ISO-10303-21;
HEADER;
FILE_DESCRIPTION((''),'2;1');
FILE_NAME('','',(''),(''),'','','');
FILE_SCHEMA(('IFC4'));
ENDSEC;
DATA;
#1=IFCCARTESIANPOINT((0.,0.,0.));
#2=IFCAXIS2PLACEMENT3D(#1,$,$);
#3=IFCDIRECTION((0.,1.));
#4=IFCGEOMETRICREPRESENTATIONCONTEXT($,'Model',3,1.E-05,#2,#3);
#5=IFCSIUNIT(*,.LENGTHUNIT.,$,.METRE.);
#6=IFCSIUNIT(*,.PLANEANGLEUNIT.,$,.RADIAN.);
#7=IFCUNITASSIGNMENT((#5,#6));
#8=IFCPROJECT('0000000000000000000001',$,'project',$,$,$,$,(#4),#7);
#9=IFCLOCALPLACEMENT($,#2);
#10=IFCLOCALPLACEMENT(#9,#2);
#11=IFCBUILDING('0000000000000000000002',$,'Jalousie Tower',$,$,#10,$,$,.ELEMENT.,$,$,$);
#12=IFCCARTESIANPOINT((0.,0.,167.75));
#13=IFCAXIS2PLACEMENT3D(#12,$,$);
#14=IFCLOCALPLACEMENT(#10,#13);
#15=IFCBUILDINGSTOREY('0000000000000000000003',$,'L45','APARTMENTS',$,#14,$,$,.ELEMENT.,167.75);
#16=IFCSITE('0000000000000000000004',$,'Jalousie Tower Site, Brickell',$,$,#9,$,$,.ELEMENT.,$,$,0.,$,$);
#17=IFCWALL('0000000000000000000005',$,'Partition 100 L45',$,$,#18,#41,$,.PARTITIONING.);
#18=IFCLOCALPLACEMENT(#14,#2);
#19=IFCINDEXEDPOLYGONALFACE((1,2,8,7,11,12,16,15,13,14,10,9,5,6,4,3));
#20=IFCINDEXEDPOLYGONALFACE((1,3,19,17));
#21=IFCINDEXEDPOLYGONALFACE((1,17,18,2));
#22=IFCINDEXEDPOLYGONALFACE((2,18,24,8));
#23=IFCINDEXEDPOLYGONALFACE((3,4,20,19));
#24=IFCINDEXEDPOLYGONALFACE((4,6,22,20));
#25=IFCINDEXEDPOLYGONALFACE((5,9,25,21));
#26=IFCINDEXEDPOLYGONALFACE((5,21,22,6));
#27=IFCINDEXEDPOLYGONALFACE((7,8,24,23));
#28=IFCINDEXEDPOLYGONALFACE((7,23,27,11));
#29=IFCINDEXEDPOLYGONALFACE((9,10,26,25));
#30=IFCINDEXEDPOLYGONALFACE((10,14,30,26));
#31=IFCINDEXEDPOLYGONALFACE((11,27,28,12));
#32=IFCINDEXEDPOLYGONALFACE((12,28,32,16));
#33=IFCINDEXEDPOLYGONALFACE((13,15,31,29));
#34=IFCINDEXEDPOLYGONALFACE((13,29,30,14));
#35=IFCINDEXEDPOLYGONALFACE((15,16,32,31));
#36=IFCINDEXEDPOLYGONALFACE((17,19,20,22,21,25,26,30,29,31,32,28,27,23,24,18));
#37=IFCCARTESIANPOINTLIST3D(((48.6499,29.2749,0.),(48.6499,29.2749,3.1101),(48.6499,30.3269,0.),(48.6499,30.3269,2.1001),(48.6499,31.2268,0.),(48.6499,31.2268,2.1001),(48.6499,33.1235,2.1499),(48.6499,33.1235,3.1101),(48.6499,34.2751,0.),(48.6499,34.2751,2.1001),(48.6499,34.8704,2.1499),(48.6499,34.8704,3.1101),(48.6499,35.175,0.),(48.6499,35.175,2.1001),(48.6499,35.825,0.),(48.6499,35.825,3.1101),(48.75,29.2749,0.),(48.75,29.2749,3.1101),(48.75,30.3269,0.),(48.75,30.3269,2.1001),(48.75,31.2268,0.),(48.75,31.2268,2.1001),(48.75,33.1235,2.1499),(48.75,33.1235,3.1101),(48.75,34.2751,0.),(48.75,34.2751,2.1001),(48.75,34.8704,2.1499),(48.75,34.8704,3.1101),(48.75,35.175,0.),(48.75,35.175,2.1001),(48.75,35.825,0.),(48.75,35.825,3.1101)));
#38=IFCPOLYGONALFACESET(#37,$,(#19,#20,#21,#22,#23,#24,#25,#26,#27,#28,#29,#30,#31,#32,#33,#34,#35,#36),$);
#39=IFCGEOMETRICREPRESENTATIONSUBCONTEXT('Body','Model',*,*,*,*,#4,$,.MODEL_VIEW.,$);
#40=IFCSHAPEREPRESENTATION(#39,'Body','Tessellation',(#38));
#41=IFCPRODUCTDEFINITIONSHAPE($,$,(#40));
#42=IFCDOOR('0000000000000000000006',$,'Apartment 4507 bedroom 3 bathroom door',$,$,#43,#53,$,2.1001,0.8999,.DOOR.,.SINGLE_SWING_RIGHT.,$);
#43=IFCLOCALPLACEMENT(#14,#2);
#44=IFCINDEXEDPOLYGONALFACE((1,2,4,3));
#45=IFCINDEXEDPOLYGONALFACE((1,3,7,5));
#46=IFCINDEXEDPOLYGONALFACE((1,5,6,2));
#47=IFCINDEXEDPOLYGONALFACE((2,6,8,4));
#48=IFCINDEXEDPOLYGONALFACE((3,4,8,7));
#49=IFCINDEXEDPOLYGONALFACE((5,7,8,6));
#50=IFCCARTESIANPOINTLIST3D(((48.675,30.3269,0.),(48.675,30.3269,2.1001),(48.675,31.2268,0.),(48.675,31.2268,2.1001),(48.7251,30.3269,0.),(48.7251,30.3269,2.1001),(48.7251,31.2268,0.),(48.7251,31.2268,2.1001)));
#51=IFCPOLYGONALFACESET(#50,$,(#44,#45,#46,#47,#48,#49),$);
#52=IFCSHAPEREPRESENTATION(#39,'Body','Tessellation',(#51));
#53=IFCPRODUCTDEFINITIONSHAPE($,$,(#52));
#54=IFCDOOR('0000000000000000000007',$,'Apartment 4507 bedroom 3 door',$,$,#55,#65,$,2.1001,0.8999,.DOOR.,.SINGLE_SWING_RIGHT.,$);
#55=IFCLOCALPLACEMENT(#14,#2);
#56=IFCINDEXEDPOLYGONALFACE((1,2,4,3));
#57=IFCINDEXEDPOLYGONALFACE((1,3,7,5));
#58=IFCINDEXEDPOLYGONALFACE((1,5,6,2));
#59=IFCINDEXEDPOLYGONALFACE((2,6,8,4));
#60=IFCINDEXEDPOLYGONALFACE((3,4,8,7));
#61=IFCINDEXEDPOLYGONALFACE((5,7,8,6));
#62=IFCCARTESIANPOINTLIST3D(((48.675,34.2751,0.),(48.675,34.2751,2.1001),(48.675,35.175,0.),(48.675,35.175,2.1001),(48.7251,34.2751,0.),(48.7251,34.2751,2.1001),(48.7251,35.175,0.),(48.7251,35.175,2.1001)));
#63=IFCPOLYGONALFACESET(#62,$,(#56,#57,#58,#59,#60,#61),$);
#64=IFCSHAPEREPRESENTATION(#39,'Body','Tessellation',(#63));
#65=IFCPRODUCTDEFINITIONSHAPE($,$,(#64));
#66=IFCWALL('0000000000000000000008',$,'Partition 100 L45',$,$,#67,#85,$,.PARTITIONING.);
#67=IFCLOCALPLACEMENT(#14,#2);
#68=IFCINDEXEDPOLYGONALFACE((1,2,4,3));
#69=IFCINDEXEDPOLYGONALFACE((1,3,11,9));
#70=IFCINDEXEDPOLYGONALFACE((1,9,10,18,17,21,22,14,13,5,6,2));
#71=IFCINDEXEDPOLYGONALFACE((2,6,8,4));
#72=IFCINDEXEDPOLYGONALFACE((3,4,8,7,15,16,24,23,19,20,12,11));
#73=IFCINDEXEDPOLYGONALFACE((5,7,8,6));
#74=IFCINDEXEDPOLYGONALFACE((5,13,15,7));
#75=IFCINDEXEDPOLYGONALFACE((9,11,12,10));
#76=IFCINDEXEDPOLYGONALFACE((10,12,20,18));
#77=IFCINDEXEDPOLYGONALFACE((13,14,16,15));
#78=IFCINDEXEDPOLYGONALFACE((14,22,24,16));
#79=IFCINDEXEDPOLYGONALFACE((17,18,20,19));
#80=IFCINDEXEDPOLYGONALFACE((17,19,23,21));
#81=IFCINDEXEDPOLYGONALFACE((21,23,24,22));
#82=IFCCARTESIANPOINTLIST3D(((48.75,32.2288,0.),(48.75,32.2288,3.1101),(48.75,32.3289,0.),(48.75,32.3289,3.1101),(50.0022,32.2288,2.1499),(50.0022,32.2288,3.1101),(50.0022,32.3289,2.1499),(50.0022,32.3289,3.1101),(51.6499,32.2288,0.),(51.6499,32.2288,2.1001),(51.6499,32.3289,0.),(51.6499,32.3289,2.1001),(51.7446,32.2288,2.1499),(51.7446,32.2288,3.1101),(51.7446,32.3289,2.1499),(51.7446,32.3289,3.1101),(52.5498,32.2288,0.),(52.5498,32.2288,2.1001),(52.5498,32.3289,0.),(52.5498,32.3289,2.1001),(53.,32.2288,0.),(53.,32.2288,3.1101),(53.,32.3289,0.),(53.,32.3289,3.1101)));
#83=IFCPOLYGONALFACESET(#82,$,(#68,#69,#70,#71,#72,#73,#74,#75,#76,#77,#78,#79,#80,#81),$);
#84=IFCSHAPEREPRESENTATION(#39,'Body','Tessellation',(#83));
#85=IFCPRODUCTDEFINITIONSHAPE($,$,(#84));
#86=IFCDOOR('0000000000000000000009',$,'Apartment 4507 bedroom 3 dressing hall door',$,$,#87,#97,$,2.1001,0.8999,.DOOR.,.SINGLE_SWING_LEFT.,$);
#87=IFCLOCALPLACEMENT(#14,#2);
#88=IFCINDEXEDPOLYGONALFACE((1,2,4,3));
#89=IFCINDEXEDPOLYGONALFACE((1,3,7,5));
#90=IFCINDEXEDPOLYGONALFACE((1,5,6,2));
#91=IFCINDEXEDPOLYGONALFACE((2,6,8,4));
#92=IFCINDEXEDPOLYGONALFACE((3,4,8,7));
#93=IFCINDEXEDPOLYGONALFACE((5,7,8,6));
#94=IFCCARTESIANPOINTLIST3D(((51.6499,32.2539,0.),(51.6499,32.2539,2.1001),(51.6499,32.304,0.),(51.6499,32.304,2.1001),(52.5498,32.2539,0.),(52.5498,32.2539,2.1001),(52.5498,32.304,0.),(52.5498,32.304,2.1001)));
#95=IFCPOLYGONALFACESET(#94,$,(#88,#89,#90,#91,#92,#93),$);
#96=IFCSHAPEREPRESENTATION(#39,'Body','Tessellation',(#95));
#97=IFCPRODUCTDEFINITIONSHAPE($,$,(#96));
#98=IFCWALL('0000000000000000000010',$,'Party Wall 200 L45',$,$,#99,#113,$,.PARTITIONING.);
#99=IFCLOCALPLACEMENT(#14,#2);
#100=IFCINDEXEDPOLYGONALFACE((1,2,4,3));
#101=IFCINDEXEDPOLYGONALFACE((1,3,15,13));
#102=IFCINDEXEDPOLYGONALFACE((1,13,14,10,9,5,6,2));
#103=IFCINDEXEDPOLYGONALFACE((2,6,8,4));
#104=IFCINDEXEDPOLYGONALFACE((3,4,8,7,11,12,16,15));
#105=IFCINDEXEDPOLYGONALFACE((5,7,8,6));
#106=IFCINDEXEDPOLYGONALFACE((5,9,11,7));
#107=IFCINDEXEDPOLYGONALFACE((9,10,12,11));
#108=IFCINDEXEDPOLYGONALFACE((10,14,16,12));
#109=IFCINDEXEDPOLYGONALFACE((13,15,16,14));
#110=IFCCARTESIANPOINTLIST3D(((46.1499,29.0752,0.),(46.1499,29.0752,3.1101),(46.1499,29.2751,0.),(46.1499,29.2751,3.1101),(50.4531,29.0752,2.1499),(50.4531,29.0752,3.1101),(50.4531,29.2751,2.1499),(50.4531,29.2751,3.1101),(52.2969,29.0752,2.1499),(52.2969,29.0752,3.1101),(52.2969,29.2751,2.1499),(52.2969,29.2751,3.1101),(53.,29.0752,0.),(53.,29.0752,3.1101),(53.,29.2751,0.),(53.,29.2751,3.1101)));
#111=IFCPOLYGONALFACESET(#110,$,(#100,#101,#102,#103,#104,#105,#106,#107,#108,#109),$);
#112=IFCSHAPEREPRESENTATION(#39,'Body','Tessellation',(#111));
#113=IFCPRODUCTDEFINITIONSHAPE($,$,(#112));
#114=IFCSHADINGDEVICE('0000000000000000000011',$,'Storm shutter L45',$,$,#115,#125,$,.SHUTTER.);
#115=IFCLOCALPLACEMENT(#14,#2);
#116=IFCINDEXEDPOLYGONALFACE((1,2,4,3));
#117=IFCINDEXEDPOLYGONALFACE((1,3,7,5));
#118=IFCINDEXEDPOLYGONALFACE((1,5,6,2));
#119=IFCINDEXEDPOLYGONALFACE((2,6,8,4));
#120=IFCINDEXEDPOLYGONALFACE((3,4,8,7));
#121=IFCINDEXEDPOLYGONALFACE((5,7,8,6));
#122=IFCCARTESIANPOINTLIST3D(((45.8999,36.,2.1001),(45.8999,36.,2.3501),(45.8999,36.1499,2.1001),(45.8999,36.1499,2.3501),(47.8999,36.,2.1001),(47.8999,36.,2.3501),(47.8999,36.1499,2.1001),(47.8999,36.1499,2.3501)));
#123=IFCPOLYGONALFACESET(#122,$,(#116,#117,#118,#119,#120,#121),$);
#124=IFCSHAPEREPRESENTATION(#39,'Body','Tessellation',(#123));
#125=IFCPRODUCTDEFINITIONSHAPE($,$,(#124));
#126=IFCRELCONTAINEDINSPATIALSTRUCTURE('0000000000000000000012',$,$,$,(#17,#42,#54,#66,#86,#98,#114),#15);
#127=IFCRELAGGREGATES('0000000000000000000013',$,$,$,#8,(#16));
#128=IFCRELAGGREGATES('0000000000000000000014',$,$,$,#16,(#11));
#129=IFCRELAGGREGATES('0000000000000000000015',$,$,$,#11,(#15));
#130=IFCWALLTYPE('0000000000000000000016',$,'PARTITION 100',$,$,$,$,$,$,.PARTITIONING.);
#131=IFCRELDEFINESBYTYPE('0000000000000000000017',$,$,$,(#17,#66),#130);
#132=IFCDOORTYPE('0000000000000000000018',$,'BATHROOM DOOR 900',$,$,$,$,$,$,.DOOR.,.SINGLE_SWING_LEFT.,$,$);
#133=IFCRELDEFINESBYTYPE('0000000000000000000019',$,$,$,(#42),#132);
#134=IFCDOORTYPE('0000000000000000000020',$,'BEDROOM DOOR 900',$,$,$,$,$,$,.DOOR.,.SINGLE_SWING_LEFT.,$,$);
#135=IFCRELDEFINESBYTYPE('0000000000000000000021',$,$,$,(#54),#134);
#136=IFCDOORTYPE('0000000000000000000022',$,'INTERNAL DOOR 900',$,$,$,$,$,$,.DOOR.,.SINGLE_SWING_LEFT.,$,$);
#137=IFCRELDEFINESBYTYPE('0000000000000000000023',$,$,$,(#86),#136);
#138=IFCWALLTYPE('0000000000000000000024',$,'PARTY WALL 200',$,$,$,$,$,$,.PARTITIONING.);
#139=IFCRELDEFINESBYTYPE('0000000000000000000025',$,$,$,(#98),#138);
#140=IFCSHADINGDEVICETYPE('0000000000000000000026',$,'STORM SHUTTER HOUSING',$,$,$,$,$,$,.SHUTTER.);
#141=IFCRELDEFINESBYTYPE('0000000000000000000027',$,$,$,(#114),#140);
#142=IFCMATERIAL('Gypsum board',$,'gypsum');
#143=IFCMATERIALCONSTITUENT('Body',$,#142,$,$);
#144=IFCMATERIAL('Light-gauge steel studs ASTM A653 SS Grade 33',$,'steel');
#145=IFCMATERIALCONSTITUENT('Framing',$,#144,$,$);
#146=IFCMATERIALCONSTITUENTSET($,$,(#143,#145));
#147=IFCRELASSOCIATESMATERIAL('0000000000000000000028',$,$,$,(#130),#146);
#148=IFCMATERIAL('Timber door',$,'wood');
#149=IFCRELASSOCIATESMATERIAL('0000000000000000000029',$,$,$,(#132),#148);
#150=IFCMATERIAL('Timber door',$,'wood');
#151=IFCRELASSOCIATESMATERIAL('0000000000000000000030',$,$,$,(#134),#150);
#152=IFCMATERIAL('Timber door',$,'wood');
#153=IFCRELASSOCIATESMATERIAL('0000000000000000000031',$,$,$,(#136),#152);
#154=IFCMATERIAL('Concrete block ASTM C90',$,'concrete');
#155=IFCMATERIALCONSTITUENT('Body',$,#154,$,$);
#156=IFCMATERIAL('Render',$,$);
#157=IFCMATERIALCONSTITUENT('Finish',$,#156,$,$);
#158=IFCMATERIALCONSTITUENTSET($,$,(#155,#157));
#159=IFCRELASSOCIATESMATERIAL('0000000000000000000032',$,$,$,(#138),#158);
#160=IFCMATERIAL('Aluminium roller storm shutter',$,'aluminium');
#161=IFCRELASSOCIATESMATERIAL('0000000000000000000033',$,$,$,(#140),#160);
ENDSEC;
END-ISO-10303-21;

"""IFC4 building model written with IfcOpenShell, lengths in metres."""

from ifc_helpers import new_model, si_unit, direction, frame, frame_2d, origin, origin_2d, place, context, subcontext, project, spatial, polyline, rectangle, outline, extrude, material, constituent, constituent_set, type_object, element, fill, save


model = new_model("IFC4")

# Units and contexts
model_context = context("Model", 3, precision=1e-05, world=origin(), true_north=direction((0.0, 1.0)))
body_context = subcontext(model_context, "Body", "Model", "MODEL_VIEW")
ifc_project = project(units=[si_unit("LENGTHUNIT", "METRE"), si_unit("PLANEANGLEUNIT", "RADIAN")], contexts=[model_context])

# Site, building, storey
site_placement = place(None, origin())
site = spatial("IfcSite", under=ifc_project, at=site_placement, Name="Jalousie Tower Site, Brickell", CompositionType="ELEMENT", RefElevation=0.0)
building_placement = place(site_placement, origin())
building = spatial("IfcBuilding", under=site, at=building_placement, Name="Jalousie Tower", CompositionType="ELEMENT")
storey_placement = place(building_placement, frame((0.0, 0.0, 167.75)))
storey = spatial("IfcBuildingStorey", under=building, at=storey_placement, Name="L45", Description="APARTMENTS", CompositionType="ELEMENT", Elevation=167.75)

# Wall, openings, doors
ifc_material_1 = material(Name="Gypsum board", Category="gypsum")
ifc_constituent_1 = constituent(ifc_material_1, Name="Body")
ifc_material_2 = material(Name="Light-gauge steel studs ASTM A653 SS Grade 33", Category="steel")
ifc_constituent_2 = constituent(ifc_material_2, Name="Framing")
ifc_constituent_set_1 = constituent_set(constituents=[ifc_constituent_1, ifc_constituent_2])
wall_type_1 = type_object("IfcWallType", Name="PARTITION 100", PredefinedType="PARTITIONING", material=ifc_constituent_set_1)
wall_1_placement = place(storey_placement, frame((48.7, 35.825, 0.0), z_axis=(0.0, 0.0, 1.0), x_axis=(0.0, -1.0, 0.0)))
wall_1 = element("IfcWall", 1, at=wall_1_placement, inside=storey, type_object=wall_type_1, Name="Partition 100 L45", PredefinedType="PARTITIONING", context=body_context, shape_type="SweptSolid", body=[
    extrude(outline(polyline([(0.0, 0.0), (6.55, 0.0), (6.55, 3.1101), (2.7014, 3.1101), (2.7014, 2.1499), (0.9546, 2.1499), (0.9546, 3.1101), (0.0, 3.1101), (0.0, 0.0)])), frame((0.0, 0.05, 0.0), z_axis=(0.0, -1.0, 0.0), x_axis=(1.0, 0.0, 0.0)), (0.0, 0.0, 1.0), 0.1001),
])
opening_1_placement = place(wall_1_placement, frame((0.6499, 0.0, 0.0)))
opening_1 = element("IfcOpeningElement", 2, at=opening_1_placement, cuts=wall_1, PredefinedType="OPENING", context=body_context, shape_type="SweptSolid", body=[
    extrude(rectangle(XDim=0.8999, YDim=2.1001, at=frame_2d((0.45, 1.05))), frame((0.0, 0.0601, 0.0), z_axis=(0.0, -1.0, 0.0), x_axis=(1.0, 0.0, 0.0)), (0.0, 0.0, 1.0), 0.1201),
])
opening_2_placement = place(wall_1_placement, frame((4.5981, 0.0, 0.0)))
opening_2 = element("IfcOpeningElement", 3, at=opening_2_placement, cuts=wall_1, PredefinedType="OPENING", context=body_context, shape_type="SweptSolid", body=[
    extrude(rectangle(XDim=0.8999, YDim=2.1001, at=frame_2d((0.45, 1.05))), frame((0.0, 0.0601, 0.0), z_axis=(0.0, -1.0, 0.0), x_axis=(1.0, 0.0, 0.0)), (0.0, 0.0, 1.0), 0.1201),
])
ifc_material_3 = material(Name="Timber door", Category="wood")
door_type_1 = type_object("IfcDoorType", Name="BATHROOM DOOR 900", OperationType="SINGLE_SWING_LEFT", PredefinedType="DOOR", material=ifc_material_3)
door_1_placement = place(opening_2_placement, frame((0.8999, 0.0, 0.0), z_axis=(0.0, 0.0, 1.0), x_axis=(-1.0, 0.0, 0.0)))
door_1 = element("IfcDoor", 4, at=door_1_placement, inside=storey, type_object=door_type_1, Name="Apartment 4507 bedroom 3 bathroom door", OperationType="SINGLE_SWING_RIGHT", OverallHeight=2.1001, OverallWidth=0.8999, PredefinedType="DOOR", context=body_context, shape_type="SweptSolid", body=[
    extrude(rectangle(XDim=0.8999, YDim=2.1001, at=frame_2d((0.45, 1.05))), frame((0.0, 0.0249, 0.0), z_axis=(0.0, -1.0, 0.0), x_axis=(1.0, 0.0, 0.0)), (0.0, 0.0, 1.0), 0.05),
])
fill(opening_2, door_1)
ifc_material_4 = material(Name="Timber door", Category="wood")
door_type_2 = type_object("IfcDoorType", Name="BEDROOM DOOR 900", OperationType="SINGLE_SWING_LEFT", PredefinedType="DOOR", material=ifc_material_4)
door_2_placement = place(opening_1_placement, frame((0.8999, 0.0, 0.0), z_axis=(0.0, 0.0, 1.0), x_axis=(-1.0, 0.0, 0.0)))
door_2 = element("IfcDoor", 5, at=door_2_placement, inside=storey, type_object=door_type_2, Name="Apartment 4507 bedroom 3 door", OperationType="SINGLE_SWING_RIGHT", OverallHeight=2.1001, OverallWidth=0.8999, PredefinedType="DOOR", context=body_context, shape_type="SweptSolid", body=[
    extrude(rectangle(XDim=0.8999, YDim=2.1001, at=frame_2d((0.45, 1.05))), frame((0.0, 0.0249, 0.0), z_axis=(0.0, -1.0, 0.0), x_axis=(1.0, 0.0, 0.0)), (0.0, 0.0, 1.0), 0.05),
])
fill(opening_1, door_2)

# Wall, opening, door
wall_2_placement = place(storey_placement, frame((48.75, 32.2788, 0.0), z_axis=(0.0, 0.0, 1.0), x_axis=(1.0, 0.0, 0.0)))
wall_2 = element("IfcWall", 6, at=wall_2_placement, inside=storey, type_object=wall_type_1, Name="Partition 100 L45", PredefinedType="PARTITIONING", context=body_context, shape_type="SweptSolid", body=[
    extrude(outline(polyline([(0.0, 0.0), (4.25, 0.0), (4.25, 3.1101), (2.9946, 3.1101), (2.9946, 2.1499), (1.2522, 2.1499), (1.2522, 3.1101), (0.0, 3.1101), (0.0, 0.0)])), frame((0.0, 0.05, 0.0), z_axis=(0.0, -1.0, 0.0), x_axis=(1.0, 0.0, 0.0)), (0.0, 0.0, 1.0), 0.1001),
])
opening_3_placement = place(wall_2_placement, frame((2.8999, 0.0, 0.0)))
opening_3 = element("IfcOpeningElement", 7, at=opening_3_placement, cuts=wall_2, PredefinedType="OPENING", context=body_context, shape_type="SweptSolid", body=[
    extrude(rectangle(XDim=0.8999, YDim=2.1001, at=frame_2d((0.45, 1.05))), frame((0.0, 0.0601, 0.0), z_axis=(0.0, -1.0, 0.0), x_axis=(1.0, 0.0, 0.0)), (0.0, 0.0, 1.0), 0.1201),
])
ifc_material_5 = material(Name="Timber door", Category="wood")
door_type_3 = type_object("IfcDoorType", Name="INTERNAL DOOR 900", OperationType="SINGLE_SWING_LEFT", PredefinedType="DOOR", material=ifc_material_5)
door_3_placement = place(opening_3_placement, frame((0.8999, 0.0, 0.0), z_axis=(0.0, 0.0, 1.0), x_axis=(-1.0, 0.0, 0.0)))
door_3 = element("IfcDoor", 8, at=door_3_placement, inside=storey, type_object=door_type_3, Name="Apartment 4507 bedroom 3 dressing hall door", OperationType="SINGLE_SWING_LEFT", OverallHeight=2.1001, OverallWidth=0.8999, PredefinedType="DOOR", context=body_context, shape_type="SweptSolid", body=[
    extrude(rectangle(XDim=0.8999, YDim=2.1001, at=frame_2d((0.45, 1.05))), frame((0.0, 0.0249, 0.0), z_axis=(0.0, -1.0, 0.0), x_axis=(1.0, 0.0, 0.0)), (0.0, 0.0, 1.0), 0.05),
])
fill(opening_3, door_3)

# Wall
ifc_material_6 = material(Name="Concrete block ASTM C90", Category="concrete")
ifc_constituent_3 = constituent(ifc_material_6, Name="Body")
ifc_material_7 = material(Name="Render")
ifc_constituent_4 = constituent(ifc_material_7, Name="Finish")
ifc_constituent_set_2 = constituent_set(constituents=[ifc_constituent_3, ifc_constituent_4])
wall_type_2 = type_object("IfcWallType", Name="PARTY WALL 200", PredefinedType="PARTITIONING", material=ifc_constituent_set_2)
wall_3_placement = place(storey_placement, frame((46.1499, 29.175, 0.0), z_axis=(0.0, 0.0, 1.0), x_axis=(1.0, 0.0, 0.0)))
element("IfcWall", 9, at=wall_3_placement, inside=storey, type_object=wall_type_2, Name="Party Wall 200 L45", PredefinedType="PARTITIONING", context=body_context, shape_type="SweptSolid", body=[
    extrude(outline(polyline([(0.0, 0.0), (6.8501, 0.0), (6.8501, 3.1101), (6.147, 3.1101), (6.147, 2.1499), (4.3032, 2.1499), (4.3032, 3.1101), (0.0, 3.1101), (0.0, 0.0)])), frame((0.0, 0.1001, 0.0), z_axis=(0.0, -1.0, 0.0), x_axis=(1.0, 0.0, 0.0)), (0.0, 0.0, 1.0), 0.2),
])

# Shading device
ifc_material_8 = material(Name="Aluminium roller storm shutter", Category="aluminium")
shading_device_type = type_object("IfcShadingDeviceType", Name="STORM SHUTTER HOUSING", PredefinedType="SHUTTER", material=ifc_material_8)
shading_device_placement = place(storey_placement, frame((46.8999, 36.075, 2.1001), z_axis=(0.0, 0.0, 1.0), x_axis=(-1.0, 0.0, 0.0)))
element("IfcShadingDevice", 10, at=shading_device_placement, inside=storey, type_object=shading_device_type, Name="Storm shutter L45", PredefinedType="SHUTTER", context=body_context, shape_type="SweptSolid", body=[
    extrude(rectangle(XDim=2.0, YDim=0.1499, at=origin_2d()), origin(), (0.0, 0.0, 1.0), 0.25),
])

save(model, "model.ifc")
